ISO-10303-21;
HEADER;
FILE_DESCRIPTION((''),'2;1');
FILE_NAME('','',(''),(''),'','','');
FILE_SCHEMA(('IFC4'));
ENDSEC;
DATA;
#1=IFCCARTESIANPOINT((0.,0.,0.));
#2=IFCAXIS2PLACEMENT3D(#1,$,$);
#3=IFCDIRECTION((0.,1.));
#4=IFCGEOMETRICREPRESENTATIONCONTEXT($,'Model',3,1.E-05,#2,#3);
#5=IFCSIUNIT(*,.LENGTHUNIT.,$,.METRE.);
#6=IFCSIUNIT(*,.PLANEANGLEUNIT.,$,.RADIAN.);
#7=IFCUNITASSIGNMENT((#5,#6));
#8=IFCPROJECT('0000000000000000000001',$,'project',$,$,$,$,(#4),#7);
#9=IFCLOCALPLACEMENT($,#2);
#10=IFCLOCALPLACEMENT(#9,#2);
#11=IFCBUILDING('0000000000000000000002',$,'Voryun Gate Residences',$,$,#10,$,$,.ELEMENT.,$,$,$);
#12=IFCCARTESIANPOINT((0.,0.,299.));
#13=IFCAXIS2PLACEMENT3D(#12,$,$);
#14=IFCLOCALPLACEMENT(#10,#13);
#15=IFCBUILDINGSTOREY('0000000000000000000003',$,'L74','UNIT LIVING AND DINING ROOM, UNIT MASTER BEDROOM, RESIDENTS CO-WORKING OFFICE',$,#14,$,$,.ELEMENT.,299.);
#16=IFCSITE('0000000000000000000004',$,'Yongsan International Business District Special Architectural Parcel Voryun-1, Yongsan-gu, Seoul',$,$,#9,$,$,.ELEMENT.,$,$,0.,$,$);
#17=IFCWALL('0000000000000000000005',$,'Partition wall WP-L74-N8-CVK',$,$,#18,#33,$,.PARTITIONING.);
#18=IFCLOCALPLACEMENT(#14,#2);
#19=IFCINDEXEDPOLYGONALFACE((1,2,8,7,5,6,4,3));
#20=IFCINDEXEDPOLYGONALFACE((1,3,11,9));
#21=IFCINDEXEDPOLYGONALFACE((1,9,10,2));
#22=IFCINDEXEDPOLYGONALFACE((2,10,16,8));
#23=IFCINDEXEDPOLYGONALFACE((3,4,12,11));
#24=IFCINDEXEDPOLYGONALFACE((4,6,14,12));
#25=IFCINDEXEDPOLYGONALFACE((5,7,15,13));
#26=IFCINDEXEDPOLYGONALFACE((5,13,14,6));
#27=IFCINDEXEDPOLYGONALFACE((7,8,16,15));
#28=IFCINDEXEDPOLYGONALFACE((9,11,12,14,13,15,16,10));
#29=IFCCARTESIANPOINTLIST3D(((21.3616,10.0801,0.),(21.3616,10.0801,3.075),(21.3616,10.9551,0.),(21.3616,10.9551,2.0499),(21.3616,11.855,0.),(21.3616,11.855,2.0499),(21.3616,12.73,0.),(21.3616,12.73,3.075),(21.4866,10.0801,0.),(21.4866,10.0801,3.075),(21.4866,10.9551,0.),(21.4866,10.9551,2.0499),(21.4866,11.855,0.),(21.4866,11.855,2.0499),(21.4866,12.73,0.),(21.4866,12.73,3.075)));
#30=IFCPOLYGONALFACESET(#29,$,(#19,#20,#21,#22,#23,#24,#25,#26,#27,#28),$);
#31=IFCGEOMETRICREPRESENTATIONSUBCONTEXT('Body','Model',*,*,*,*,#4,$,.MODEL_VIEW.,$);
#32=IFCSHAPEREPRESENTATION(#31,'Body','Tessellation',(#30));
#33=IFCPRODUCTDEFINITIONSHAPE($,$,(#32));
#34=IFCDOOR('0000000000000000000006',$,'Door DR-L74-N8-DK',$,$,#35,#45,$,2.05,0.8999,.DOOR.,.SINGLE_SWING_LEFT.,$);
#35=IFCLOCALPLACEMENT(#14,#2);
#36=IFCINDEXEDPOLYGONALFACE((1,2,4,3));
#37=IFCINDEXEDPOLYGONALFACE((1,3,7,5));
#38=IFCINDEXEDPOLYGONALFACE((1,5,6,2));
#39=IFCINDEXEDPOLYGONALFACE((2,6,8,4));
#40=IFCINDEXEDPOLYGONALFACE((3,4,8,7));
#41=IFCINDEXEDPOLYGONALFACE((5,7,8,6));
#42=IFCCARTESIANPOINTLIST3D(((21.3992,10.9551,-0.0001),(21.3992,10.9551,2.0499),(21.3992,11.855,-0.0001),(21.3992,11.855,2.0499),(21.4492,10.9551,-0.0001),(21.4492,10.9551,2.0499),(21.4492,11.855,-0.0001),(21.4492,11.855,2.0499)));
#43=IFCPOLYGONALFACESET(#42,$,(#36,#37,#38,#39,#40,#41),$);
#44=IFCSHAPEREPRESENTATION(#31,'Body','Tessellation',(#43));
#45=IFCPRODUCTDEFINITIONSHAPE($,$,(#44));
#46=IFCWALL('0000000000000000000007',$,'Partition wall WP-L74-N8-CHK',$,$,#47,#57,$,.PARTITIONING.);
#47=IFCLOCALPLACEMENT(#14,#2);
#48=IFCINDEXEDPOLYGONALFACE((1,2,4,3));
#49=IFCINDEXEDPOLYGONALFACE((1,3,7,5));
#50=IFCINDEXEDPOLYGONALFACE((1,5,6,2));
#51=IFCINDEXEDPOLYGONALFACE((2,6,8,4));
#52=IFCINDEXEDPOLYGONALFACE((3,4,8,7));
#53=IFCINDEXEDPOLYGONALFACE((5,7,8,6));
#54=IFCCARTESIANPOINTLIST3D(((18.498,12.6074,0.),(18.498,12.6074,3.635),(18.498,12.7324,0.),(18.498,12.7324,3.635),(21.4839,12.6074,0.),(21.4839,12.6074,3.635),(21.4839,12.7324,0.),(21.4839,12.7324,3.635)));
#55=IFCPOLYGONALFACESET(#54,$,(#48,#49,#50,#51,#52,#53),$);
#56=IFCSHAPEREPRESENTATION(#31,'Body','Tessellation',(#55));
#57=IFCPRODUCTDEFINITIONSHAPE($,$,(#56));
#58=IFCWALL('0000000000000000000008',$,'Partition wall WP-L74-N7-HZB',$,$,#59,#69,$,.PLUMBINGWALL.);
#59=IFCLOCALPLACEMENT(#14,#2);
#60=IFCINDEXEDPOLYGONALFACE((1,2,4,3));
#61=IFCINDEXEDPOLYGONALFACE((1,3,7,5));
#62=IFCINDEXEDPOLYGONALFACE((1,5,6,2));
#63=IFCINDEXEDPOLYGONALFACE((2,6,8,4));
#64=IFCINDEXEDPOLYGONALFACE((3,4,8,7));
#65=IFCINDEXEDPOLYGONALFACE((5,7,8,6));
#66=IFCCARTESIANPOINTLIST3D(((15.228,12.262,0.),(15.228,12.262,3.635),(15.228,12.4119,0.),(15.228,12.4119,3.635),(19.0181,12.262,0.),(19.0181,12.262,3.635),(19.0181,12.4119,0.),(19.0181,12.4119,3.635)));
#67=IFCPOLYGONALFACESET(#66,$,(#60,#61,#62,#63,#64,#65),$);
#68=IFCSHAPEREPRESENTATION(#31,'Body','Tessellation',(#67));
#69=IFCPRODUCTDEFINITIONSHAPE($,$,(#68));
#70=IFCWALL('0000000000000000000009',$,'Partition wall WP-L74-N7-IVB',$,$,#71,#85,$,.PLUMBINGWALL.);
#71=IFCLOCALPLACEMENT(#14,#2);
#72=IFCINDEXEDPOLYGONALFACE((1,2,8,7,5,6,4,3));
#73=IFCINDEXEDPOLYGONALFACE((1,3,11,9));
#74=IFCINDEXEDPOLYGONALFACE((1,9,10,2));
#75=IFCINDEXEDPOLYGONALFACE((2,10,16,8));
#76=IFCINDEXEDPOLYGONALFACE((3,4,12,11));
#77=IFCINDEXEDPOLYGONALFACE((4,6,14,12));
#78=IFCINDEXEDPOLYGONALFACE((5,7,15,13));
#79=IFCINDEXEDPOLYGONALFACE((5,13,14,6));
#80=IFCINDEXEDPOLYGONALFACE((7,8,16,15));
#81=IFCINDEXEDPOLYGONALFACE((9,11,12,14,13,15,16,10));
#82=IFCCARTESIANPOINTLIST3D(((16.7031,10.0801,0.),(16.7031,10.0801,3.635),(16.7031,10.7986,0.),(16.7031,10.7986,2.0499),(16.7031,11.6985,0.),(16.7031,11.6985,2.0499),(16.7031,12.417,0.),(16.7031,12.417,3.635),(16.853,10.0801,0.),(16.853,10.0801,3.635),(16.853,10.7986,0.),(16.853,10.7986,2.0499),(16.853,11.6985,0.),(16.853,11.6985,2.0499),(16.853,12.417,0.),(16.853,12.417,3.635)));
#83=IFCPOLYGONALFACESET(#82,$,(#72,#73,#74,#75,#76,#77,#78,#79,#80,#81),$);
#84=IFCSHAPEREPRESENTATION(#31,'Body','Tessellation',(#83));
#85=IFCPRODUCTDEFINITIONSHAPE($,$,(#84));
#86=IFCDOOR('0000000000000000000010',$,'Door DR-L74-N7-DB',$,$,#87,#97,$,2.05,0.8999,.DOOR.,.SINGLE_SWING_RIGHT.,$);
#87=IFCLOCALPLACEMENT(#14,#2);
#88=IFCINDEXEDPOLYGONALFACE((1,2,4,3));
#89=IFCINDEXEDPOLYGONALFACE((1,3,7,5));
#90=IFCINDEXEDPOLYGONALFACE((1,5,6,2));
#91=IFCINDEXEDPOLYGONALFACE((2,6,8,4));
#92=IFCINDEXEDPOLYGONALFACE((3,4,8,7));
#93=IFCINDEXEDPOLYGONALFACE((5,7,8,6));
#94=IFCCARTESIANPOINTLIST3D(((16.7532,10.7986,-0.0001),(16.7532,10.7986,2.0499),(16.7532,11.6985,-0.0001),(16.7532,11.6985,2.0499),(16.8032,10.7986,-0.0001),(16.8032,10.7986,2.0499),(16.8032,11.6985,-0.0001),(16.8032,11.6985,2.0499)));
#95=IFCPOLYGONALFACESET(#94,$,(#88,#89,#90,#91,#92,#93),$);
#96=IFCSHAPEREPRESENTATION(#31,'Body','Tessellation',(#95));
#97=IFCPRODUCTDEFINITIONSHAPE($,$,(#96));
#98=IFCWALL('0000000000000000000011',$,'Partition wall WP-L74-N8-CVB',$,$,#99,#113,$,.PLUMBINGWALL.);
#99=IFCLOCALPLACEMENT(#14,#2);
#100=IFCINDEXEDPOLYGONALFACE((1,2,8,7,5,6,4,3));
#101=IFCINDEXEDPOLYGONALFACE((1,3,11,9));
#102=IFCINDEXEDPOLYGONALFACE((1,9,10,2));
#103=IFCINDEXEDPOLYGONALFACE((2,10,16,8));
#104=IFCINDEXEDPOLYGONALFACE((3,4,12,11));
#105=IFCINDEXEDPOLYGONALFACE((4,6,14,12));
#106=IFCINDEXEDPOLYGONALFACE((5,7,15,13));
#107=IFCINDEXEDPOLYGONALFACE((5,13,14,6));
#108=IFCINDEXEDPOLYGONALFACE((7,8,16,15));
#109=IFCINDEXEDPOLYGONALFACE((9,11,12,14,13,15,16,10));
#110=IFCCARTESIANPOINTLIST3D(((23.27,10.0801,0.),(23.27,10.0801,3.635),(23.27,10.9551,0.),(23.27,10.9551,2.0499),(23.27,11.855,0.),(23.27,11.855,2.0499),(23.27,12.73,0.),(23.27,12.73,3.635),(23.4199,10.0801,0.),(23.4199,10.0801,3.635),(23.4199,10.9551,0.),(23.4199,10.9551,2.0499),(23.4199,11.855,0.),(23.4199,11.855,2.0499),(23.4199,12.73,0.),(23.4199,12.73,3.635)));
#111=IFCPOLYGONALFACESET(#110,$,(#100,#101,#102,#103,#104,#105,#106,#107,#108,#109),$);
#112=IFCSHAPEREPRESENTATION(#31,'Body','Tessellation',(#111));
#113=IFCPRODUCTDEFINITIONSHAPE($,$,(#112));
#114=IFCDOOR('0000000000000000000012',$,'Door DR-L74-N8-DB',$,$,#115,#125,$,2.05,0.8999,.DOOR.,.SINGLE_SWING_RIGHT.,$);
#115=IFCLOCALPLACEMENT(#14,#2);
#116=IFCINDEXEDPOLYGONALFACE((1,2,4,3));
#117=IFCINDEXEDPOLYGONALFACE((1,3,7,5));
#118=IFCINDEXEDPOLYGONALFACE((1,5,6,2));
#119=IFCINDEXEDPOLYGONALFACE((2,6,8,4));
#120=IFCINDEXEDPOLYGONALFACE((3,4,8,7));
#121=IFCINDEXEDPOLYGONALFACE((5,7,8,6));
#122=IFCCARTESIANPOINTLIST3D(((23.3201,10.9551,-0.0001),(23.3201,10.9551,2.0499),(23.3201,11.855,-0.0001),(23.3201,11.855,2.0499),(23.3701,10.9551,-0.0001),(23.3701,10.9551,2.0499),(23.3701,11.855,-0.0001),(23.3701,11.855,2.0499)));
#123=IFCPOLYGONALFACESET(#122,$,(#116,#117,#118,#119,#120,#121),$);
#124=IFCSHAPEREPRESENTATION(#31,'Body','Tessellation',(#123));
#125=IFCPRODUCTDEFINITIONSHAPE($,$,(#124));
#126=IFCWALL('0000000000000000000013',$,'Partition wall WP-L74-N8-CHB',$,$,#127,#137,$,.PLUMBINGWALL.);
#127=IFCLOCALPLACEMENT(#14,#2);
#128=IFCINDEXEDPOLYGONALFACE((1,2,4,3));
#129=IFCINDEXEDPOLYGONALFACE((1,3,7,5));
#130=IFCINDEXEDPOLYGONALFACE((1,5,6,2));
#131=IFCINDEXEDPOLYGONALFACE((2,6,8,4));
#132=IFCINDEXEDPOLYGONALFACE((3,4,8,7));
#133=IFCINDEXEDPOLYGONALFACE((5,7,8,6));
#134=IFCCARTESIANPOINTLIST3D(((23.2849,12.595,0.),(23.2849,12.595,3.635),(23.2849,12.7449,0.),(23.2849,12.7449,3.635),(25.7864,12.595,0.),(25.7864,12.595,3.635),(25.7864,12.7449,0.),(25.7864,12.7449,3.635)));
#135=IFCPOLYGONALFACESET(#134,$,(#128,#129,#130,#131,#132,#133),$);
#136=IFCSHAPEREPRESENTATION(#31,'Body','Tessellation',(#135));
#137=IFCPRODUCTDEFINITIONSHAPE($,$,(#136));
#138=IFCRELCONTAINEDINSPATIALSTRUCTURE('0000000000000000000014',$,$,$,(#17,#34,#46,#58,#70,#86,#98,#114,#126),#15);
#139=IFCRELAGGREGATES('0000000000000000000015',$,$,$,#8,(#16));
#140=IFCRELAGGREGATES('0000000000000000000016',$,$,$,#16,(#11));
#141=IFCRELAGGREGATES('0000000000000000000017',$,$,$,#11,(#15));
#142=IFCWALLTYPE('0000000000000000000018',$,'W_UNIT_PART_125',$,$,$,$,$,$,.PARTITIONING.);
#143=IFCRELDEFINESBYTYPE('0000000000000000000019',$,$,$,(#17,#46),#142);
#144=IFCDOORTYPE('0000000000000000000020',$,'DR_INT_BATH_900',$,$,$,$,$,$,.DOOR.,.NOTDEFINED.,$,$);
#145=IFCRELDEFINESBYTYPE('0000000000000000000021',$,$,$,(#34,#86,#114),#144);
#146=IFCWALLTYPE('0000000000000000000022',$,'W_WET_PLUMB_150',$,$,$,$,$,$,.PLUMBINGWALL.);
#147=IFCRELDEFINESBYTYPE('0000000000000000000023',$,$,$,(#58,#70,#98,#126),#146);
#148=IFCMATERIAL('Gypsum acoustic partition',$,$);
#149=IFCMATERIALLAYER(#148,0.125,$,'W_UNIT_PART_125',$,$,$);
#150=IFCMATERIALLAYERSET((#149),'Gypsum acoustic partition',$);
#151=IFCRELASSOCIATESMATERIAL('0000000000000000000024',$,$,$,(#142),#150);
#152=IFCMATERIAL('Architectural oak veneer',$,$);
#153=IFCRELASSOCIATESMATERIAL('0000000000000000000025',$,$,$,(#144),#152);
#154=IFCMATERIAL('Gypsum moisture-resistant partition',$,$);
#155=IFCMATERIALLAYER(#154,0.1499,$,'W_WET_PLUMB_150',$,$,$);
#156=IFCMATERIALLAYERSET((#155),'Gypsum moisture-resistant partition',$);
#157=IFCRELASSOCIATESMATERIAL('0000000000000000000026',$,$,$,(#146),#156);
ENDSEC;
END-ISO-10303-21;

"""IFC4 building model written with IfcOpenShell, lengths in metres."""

from ifc_helpers import new_model, si_unit, direction, frame, frame_2d, origin, place, context, subcontext, project, spatial, rectangle, extrude, material, layer, layer_set, type_object, element, fill, save


model = new_model("IFC4")

# Units and contexts
model_context = context("Model", 3, precision=1e-05, world=origin(), true_north=direction((0.0, 1.0)))
body_context = subcontext(model_context, "Body", "Model", "MODEL_VIEW")
ifc_project = project(units=[si_unit("LENGTHUNIT", "METRE"), si_unit("PLANEANGLEUNIT", "RADIAN")], contexts=[model_context])

# Site, building, storey
site_placement = place(None, origin())
site = spatial("IfcSite", under=ifc_project, at=site_placement, Name="Yongsan International Business District Special Architectural Parcel Voryun-1, Yongsan-gu, Seoul", CompositionType="ELEMENT", RefElevation=0.0)
building_placement = place(site_placement, origin())
building = spatial("IfcBuilding", under=site, at=building_placement, Name="Voryun Gate Residences", CompositionType="ELEMENT")
storey_placement = place(building_placement, frame((0.0, 0.0, 299.0)))
storey = spatial("IfcBuildingStorey", under=building, at=storey_placement, Name="L74", Description="UNIT LIVING AND DINING ROOM, UNIT MASTER BEDROOM, RESIDENTS CO-WORKING OFFICE", CompositionType="ELEMENT", Elevation=299.0)

# Wall, opening, door
ifc_material_1 = material(Name="Gypsum acoustic partition")
ifc_layer_1 = layer(ifc_material_1, 0.125, Name="W_UNIT_PART_125")
ifc_layer_set_1 = layer_set([ifc_layer_1], Name="Gypsum acoustic partition")
wall_type_1 = type_object("IfcWallType", Name="W_UNIT_PART_125", PredefinedType="PARTITIONING", material=ifc_layer_set_1)
ifc_material_2 = material(Name="Architectural oak veneer")
door_type_1 = type_object("IfcDoorType", Name="DR_INT_BATH_900", OperationType="NOTDEFINED", PredefinedType="DOOR", material=ifc_material_2)
wall_1_placement = place(storey_placement, frame((21.4241, 10.0801, 0.0), z_axis=(0.0, 0.0, 1.0), x_axis=(0.0, 1.0, 0.0)))
wall_1 = element("IfcWall", 1, at=wall_1_placement, inside=storey, type_object=wall_type_1, Name="Partition wall WP-L74-N8-CVK", PredefinedType="PARTITIONING", context=body_context, shape_type="SweptSolid", body=[
    extrude(rectangle(XDim=2.6499, YDim=0.125, at=frame_2d((1.325, 0.0))), origin(), (0.0, 0.0, 1.0), 3.075),
])
opening_1_placement = place(wall_1_placement, frame((0.875, 0.0, 0.0)))
opening_1 = element("IfcOpeningElement", 2, at=opening_1_placement, cuts=wall_1, PredefinedType="OPENING", context=body_context, shape_type="SweptSolid", body=[
    extrude(rectangle(XDim=0.8999, YDim=2.05, at=frame_2d((0.45, 1.0249))), frame((0.0, 0.0725, 0.0), z_axis=(0.0, -1.0, 0.0), x_axis=(1.0, 0.0, 0.0)), (0.0, 0.0, 1.0), 0.145),
])
door_1_placement = place(opening_1_placement, origin())
door_1 = element("IfcDoor", 3, at=door_1_placement, inside=storey, type_object=door_type_1, Name="Door DR-L74-N8-DK", OperationType="SINGLE_SWING_LEFT", OverallHeight=2.05, OverallWidth=0.8999, PredefinedType="DOOR", context=body_context, shape_type="SweptSolid", body=[
    extrude(rectangle(XDim=0.8999, YDim=2.05, at=frame_2d((0.45, 1.0249))), frame((0.0, 0.0249, 0.0), z_axis=(0.0, -1.0, 0.0), x_axis=(1.0, 0.0, 0.0)), (0.0, 0.0, 1.0), 0.05),
])
fill(opening_1, door_1)

# Walls
wall_2_placement = place(storey_placement, frame((18.498, 12.6699, 0.0), z_axis=(0.0, 0.0, 1.0), x_axis=(1.0, 0.0, 0.0)))
element("IfcWall", 4, at=wall_2_placement, inside=storey, type_object=wall_type_1, Name="Partition wall WP-L74-N8-CHK", PredefinedType="PARTITIONING", context=body_context, shape_type="SweptSolid", body=[
    extrude(rectangle(XDim=2.9858, YDim=0.125, at=frame_2d((1.4929, 0.0))), origin(), (0.0, 0.0, 1.0), 3.635),
])
ifc_material_3 = material(Name="Gypsum moisture-resistant partition")
ifc_layer_2 = layer(ifc_material_3, 0.1499, Name="W_WET_PLUMB_150")
ifc_layer_set_2 = layer_set([ifc_layer_2], Name="Gypsum moisture-resistant partition")
wall_type_2 = type_object("IfcWallType", Name="W_WET_PLUMB_150", PredefinedType="PLUMBINGWALL", material=ifc_layer_set_2)
wall_3_placement = place(storey_placement, frame((15.228, 12.3369, 0.0), z_axis=(0.0, 0.0, 1.0), x_axis=(1.0, 0.0, 0.0)))
element("IfcWall", 5, at=wall_3_placement, inside=storey, type_object=wall_type_2, Name="Partition wall WP-L74-N7-HZB", PredefinedType="PLUMBINGWALL", context=body_context, shape_type="SweptSolid", body=[
    extrude(rectangle(XDim=3.79, YDim=0.1499, at=frame_2d((1.895, 0.0))), origin(), (0.0, 0.0, 1.0), 3.635),
])

# Walls, openings, doors
wall_4_placement = place(storey_placement, frame((16.7781, 10.0801, 0.0), z_axis=(0.0, 0.0, 1.0), x_axis=(0.0, 1.0, 0.0)))
wall_4 = element("IfcWall", 6, at=wall_4_placement, inside=storey, type_object=wall_type_2, Name="Partition wall WP-L74-N7-IVB", PredefinedType="PLUMBINGWALL", context=body_context, shape_type="SweptSolid", body=[
    extrude(rectangle(XDim=2.3369, YDim=0.1499, at=frame_2d((1.1685, 0.0))), origin(), (0.0, 0.0, 1.0), 3.635),
])
opening_2_placement = place(wall_4_placement, frame((0.7185, 0.0, 0.0)))
opening_2 = element("IfcOpeningElement", 7, at=opening_2_placement, cuts=wall_4, PredefinedType="OPENING", context=body_context, shape_type="SweptSolid", body=[
    extrude(rectangle(XDim=0.8999, YDim=2.05, at=frame_2d((0.45, 1.0249))), frame((0.0, 0.085, 0.0), z_axis=(0.0, -1.0, 0.0), x_axis=(1.0, 0.0, 0.0)), (0.0, 0.0, 1.0), 0.1699),
])
door_2_placement = place(opening_2_placement, origin())
door_2 = element("IfcDoor", 8, at=door_2_placement, inside=storey, type_object=door_type_1, Name="Door DR-L74-N7-DB", OperationType="SINGLE_SWING_RIGHT", OverallHeight=2.05, OverallWidth=0.8999, PredefinedType="DOOR", context=body_context, shape_type="SweptSolid", body=[
    extrude(rectangle(XDim=0.8999, YDim=2.05, at=frame_2d((0.45, 1.0249))), frame((0.0, 0.0249, 0.0), z_axis=(0.0, -1.0, 0.0), x_axis=(1.0, 0.0, 0.0)), (0.0, 0.0, 1.0), 0.05),
])
fill(opening_2, door_2)
wall_5_placement = place(storey_placement, frame((23.345, 10.0801, 0.0), z_axis=(0.0, 0.0, 1.0), x_axis=(0.0, 1.0, 0.0)))
wall_5 = element("IfcWall", 9, at=wall_5_placement, inside=storey, type_object=wall_type_2, Name="Partition wall WP-L74-N8-CVB", PredefinedType="PLUMBINGWALL", context=body_context, shape_type="SweptSolid", body=[
    extrude(rectangle(XDim=2.6499, YDim=0.1499, at=frame_2d((1.325, 0.0))), origin(), (0.0, 0.0, 1.0), 3.635),
])
opening_3_placement = place(wall_5_placement, frame((0.875, 0.0, 0.0)))
opening_3 = element("IfcOpeningElement", 10, at=opening_3_placement, cuts=wall_5, PredefinedType="OPENING", context=body_context, shape_type="SweptSolid", body=[
    extrude(rectangle(XDim=0.8999, YDim=2.05, at=frame_2d((0.45, 1.0249))), frame((0.0, 0.085, 0.0), z_axis=(0.0, -1.0, 0.0), x_axis=(1.0, 0.0, 0.0)), (0.0, 0.0, 1.0), 0.1699),
])
door_3_placement = place(opening_3_placement, origin())
door_3 = element("IfcDoor", 11, at=door_3_placement, inside=storey, type_object=door_type_1, Name="Door DR-L74-N8-DB", OperationType="SINGLE_SWING_RIGHT", OverallHeight=2.05, OverallWidth=0.8999, PredefinedType="DOOR", context=body_context, shape_type="SweptSolid", body=[
    extrude(rectangle(XDim=0.8999, YDim=2.05, at=frame_2d((0.45, 1.0249))), frame((0.0, 0.0249, 0.0), z_axis=(0.0, -1.0, 0.0), x_axis=(1.0, 0.0, 0.0)), (0.0, 0.0, 1.0), 0.05),
])
fill(opening_3, door_3)

# Wall
wall_6_placement = place(storey_placement, frame((23.2849, 12.6699, 0.0), z_axis=(0.0, 0.0, 1.0), x_axis=(1.0, 0.0, 0.0)))
element("IfcWall", 12, at=wall_6_placement, inside=storey, type_object=wall_type_2, Name="Partition wall WP-L74-N8-CHB", PredefinedType="PLUMBINGWALL", context=body_context, shape_type="SweptSolid", body=[
    extrude(rectangle(XDim=2.5015, YDim=0.1499, at=frame_2d((1.2507, 0.0))), origin(), (0.0, 0.0, 1.0), 3.635),
])

save(model, "model.ifc")
